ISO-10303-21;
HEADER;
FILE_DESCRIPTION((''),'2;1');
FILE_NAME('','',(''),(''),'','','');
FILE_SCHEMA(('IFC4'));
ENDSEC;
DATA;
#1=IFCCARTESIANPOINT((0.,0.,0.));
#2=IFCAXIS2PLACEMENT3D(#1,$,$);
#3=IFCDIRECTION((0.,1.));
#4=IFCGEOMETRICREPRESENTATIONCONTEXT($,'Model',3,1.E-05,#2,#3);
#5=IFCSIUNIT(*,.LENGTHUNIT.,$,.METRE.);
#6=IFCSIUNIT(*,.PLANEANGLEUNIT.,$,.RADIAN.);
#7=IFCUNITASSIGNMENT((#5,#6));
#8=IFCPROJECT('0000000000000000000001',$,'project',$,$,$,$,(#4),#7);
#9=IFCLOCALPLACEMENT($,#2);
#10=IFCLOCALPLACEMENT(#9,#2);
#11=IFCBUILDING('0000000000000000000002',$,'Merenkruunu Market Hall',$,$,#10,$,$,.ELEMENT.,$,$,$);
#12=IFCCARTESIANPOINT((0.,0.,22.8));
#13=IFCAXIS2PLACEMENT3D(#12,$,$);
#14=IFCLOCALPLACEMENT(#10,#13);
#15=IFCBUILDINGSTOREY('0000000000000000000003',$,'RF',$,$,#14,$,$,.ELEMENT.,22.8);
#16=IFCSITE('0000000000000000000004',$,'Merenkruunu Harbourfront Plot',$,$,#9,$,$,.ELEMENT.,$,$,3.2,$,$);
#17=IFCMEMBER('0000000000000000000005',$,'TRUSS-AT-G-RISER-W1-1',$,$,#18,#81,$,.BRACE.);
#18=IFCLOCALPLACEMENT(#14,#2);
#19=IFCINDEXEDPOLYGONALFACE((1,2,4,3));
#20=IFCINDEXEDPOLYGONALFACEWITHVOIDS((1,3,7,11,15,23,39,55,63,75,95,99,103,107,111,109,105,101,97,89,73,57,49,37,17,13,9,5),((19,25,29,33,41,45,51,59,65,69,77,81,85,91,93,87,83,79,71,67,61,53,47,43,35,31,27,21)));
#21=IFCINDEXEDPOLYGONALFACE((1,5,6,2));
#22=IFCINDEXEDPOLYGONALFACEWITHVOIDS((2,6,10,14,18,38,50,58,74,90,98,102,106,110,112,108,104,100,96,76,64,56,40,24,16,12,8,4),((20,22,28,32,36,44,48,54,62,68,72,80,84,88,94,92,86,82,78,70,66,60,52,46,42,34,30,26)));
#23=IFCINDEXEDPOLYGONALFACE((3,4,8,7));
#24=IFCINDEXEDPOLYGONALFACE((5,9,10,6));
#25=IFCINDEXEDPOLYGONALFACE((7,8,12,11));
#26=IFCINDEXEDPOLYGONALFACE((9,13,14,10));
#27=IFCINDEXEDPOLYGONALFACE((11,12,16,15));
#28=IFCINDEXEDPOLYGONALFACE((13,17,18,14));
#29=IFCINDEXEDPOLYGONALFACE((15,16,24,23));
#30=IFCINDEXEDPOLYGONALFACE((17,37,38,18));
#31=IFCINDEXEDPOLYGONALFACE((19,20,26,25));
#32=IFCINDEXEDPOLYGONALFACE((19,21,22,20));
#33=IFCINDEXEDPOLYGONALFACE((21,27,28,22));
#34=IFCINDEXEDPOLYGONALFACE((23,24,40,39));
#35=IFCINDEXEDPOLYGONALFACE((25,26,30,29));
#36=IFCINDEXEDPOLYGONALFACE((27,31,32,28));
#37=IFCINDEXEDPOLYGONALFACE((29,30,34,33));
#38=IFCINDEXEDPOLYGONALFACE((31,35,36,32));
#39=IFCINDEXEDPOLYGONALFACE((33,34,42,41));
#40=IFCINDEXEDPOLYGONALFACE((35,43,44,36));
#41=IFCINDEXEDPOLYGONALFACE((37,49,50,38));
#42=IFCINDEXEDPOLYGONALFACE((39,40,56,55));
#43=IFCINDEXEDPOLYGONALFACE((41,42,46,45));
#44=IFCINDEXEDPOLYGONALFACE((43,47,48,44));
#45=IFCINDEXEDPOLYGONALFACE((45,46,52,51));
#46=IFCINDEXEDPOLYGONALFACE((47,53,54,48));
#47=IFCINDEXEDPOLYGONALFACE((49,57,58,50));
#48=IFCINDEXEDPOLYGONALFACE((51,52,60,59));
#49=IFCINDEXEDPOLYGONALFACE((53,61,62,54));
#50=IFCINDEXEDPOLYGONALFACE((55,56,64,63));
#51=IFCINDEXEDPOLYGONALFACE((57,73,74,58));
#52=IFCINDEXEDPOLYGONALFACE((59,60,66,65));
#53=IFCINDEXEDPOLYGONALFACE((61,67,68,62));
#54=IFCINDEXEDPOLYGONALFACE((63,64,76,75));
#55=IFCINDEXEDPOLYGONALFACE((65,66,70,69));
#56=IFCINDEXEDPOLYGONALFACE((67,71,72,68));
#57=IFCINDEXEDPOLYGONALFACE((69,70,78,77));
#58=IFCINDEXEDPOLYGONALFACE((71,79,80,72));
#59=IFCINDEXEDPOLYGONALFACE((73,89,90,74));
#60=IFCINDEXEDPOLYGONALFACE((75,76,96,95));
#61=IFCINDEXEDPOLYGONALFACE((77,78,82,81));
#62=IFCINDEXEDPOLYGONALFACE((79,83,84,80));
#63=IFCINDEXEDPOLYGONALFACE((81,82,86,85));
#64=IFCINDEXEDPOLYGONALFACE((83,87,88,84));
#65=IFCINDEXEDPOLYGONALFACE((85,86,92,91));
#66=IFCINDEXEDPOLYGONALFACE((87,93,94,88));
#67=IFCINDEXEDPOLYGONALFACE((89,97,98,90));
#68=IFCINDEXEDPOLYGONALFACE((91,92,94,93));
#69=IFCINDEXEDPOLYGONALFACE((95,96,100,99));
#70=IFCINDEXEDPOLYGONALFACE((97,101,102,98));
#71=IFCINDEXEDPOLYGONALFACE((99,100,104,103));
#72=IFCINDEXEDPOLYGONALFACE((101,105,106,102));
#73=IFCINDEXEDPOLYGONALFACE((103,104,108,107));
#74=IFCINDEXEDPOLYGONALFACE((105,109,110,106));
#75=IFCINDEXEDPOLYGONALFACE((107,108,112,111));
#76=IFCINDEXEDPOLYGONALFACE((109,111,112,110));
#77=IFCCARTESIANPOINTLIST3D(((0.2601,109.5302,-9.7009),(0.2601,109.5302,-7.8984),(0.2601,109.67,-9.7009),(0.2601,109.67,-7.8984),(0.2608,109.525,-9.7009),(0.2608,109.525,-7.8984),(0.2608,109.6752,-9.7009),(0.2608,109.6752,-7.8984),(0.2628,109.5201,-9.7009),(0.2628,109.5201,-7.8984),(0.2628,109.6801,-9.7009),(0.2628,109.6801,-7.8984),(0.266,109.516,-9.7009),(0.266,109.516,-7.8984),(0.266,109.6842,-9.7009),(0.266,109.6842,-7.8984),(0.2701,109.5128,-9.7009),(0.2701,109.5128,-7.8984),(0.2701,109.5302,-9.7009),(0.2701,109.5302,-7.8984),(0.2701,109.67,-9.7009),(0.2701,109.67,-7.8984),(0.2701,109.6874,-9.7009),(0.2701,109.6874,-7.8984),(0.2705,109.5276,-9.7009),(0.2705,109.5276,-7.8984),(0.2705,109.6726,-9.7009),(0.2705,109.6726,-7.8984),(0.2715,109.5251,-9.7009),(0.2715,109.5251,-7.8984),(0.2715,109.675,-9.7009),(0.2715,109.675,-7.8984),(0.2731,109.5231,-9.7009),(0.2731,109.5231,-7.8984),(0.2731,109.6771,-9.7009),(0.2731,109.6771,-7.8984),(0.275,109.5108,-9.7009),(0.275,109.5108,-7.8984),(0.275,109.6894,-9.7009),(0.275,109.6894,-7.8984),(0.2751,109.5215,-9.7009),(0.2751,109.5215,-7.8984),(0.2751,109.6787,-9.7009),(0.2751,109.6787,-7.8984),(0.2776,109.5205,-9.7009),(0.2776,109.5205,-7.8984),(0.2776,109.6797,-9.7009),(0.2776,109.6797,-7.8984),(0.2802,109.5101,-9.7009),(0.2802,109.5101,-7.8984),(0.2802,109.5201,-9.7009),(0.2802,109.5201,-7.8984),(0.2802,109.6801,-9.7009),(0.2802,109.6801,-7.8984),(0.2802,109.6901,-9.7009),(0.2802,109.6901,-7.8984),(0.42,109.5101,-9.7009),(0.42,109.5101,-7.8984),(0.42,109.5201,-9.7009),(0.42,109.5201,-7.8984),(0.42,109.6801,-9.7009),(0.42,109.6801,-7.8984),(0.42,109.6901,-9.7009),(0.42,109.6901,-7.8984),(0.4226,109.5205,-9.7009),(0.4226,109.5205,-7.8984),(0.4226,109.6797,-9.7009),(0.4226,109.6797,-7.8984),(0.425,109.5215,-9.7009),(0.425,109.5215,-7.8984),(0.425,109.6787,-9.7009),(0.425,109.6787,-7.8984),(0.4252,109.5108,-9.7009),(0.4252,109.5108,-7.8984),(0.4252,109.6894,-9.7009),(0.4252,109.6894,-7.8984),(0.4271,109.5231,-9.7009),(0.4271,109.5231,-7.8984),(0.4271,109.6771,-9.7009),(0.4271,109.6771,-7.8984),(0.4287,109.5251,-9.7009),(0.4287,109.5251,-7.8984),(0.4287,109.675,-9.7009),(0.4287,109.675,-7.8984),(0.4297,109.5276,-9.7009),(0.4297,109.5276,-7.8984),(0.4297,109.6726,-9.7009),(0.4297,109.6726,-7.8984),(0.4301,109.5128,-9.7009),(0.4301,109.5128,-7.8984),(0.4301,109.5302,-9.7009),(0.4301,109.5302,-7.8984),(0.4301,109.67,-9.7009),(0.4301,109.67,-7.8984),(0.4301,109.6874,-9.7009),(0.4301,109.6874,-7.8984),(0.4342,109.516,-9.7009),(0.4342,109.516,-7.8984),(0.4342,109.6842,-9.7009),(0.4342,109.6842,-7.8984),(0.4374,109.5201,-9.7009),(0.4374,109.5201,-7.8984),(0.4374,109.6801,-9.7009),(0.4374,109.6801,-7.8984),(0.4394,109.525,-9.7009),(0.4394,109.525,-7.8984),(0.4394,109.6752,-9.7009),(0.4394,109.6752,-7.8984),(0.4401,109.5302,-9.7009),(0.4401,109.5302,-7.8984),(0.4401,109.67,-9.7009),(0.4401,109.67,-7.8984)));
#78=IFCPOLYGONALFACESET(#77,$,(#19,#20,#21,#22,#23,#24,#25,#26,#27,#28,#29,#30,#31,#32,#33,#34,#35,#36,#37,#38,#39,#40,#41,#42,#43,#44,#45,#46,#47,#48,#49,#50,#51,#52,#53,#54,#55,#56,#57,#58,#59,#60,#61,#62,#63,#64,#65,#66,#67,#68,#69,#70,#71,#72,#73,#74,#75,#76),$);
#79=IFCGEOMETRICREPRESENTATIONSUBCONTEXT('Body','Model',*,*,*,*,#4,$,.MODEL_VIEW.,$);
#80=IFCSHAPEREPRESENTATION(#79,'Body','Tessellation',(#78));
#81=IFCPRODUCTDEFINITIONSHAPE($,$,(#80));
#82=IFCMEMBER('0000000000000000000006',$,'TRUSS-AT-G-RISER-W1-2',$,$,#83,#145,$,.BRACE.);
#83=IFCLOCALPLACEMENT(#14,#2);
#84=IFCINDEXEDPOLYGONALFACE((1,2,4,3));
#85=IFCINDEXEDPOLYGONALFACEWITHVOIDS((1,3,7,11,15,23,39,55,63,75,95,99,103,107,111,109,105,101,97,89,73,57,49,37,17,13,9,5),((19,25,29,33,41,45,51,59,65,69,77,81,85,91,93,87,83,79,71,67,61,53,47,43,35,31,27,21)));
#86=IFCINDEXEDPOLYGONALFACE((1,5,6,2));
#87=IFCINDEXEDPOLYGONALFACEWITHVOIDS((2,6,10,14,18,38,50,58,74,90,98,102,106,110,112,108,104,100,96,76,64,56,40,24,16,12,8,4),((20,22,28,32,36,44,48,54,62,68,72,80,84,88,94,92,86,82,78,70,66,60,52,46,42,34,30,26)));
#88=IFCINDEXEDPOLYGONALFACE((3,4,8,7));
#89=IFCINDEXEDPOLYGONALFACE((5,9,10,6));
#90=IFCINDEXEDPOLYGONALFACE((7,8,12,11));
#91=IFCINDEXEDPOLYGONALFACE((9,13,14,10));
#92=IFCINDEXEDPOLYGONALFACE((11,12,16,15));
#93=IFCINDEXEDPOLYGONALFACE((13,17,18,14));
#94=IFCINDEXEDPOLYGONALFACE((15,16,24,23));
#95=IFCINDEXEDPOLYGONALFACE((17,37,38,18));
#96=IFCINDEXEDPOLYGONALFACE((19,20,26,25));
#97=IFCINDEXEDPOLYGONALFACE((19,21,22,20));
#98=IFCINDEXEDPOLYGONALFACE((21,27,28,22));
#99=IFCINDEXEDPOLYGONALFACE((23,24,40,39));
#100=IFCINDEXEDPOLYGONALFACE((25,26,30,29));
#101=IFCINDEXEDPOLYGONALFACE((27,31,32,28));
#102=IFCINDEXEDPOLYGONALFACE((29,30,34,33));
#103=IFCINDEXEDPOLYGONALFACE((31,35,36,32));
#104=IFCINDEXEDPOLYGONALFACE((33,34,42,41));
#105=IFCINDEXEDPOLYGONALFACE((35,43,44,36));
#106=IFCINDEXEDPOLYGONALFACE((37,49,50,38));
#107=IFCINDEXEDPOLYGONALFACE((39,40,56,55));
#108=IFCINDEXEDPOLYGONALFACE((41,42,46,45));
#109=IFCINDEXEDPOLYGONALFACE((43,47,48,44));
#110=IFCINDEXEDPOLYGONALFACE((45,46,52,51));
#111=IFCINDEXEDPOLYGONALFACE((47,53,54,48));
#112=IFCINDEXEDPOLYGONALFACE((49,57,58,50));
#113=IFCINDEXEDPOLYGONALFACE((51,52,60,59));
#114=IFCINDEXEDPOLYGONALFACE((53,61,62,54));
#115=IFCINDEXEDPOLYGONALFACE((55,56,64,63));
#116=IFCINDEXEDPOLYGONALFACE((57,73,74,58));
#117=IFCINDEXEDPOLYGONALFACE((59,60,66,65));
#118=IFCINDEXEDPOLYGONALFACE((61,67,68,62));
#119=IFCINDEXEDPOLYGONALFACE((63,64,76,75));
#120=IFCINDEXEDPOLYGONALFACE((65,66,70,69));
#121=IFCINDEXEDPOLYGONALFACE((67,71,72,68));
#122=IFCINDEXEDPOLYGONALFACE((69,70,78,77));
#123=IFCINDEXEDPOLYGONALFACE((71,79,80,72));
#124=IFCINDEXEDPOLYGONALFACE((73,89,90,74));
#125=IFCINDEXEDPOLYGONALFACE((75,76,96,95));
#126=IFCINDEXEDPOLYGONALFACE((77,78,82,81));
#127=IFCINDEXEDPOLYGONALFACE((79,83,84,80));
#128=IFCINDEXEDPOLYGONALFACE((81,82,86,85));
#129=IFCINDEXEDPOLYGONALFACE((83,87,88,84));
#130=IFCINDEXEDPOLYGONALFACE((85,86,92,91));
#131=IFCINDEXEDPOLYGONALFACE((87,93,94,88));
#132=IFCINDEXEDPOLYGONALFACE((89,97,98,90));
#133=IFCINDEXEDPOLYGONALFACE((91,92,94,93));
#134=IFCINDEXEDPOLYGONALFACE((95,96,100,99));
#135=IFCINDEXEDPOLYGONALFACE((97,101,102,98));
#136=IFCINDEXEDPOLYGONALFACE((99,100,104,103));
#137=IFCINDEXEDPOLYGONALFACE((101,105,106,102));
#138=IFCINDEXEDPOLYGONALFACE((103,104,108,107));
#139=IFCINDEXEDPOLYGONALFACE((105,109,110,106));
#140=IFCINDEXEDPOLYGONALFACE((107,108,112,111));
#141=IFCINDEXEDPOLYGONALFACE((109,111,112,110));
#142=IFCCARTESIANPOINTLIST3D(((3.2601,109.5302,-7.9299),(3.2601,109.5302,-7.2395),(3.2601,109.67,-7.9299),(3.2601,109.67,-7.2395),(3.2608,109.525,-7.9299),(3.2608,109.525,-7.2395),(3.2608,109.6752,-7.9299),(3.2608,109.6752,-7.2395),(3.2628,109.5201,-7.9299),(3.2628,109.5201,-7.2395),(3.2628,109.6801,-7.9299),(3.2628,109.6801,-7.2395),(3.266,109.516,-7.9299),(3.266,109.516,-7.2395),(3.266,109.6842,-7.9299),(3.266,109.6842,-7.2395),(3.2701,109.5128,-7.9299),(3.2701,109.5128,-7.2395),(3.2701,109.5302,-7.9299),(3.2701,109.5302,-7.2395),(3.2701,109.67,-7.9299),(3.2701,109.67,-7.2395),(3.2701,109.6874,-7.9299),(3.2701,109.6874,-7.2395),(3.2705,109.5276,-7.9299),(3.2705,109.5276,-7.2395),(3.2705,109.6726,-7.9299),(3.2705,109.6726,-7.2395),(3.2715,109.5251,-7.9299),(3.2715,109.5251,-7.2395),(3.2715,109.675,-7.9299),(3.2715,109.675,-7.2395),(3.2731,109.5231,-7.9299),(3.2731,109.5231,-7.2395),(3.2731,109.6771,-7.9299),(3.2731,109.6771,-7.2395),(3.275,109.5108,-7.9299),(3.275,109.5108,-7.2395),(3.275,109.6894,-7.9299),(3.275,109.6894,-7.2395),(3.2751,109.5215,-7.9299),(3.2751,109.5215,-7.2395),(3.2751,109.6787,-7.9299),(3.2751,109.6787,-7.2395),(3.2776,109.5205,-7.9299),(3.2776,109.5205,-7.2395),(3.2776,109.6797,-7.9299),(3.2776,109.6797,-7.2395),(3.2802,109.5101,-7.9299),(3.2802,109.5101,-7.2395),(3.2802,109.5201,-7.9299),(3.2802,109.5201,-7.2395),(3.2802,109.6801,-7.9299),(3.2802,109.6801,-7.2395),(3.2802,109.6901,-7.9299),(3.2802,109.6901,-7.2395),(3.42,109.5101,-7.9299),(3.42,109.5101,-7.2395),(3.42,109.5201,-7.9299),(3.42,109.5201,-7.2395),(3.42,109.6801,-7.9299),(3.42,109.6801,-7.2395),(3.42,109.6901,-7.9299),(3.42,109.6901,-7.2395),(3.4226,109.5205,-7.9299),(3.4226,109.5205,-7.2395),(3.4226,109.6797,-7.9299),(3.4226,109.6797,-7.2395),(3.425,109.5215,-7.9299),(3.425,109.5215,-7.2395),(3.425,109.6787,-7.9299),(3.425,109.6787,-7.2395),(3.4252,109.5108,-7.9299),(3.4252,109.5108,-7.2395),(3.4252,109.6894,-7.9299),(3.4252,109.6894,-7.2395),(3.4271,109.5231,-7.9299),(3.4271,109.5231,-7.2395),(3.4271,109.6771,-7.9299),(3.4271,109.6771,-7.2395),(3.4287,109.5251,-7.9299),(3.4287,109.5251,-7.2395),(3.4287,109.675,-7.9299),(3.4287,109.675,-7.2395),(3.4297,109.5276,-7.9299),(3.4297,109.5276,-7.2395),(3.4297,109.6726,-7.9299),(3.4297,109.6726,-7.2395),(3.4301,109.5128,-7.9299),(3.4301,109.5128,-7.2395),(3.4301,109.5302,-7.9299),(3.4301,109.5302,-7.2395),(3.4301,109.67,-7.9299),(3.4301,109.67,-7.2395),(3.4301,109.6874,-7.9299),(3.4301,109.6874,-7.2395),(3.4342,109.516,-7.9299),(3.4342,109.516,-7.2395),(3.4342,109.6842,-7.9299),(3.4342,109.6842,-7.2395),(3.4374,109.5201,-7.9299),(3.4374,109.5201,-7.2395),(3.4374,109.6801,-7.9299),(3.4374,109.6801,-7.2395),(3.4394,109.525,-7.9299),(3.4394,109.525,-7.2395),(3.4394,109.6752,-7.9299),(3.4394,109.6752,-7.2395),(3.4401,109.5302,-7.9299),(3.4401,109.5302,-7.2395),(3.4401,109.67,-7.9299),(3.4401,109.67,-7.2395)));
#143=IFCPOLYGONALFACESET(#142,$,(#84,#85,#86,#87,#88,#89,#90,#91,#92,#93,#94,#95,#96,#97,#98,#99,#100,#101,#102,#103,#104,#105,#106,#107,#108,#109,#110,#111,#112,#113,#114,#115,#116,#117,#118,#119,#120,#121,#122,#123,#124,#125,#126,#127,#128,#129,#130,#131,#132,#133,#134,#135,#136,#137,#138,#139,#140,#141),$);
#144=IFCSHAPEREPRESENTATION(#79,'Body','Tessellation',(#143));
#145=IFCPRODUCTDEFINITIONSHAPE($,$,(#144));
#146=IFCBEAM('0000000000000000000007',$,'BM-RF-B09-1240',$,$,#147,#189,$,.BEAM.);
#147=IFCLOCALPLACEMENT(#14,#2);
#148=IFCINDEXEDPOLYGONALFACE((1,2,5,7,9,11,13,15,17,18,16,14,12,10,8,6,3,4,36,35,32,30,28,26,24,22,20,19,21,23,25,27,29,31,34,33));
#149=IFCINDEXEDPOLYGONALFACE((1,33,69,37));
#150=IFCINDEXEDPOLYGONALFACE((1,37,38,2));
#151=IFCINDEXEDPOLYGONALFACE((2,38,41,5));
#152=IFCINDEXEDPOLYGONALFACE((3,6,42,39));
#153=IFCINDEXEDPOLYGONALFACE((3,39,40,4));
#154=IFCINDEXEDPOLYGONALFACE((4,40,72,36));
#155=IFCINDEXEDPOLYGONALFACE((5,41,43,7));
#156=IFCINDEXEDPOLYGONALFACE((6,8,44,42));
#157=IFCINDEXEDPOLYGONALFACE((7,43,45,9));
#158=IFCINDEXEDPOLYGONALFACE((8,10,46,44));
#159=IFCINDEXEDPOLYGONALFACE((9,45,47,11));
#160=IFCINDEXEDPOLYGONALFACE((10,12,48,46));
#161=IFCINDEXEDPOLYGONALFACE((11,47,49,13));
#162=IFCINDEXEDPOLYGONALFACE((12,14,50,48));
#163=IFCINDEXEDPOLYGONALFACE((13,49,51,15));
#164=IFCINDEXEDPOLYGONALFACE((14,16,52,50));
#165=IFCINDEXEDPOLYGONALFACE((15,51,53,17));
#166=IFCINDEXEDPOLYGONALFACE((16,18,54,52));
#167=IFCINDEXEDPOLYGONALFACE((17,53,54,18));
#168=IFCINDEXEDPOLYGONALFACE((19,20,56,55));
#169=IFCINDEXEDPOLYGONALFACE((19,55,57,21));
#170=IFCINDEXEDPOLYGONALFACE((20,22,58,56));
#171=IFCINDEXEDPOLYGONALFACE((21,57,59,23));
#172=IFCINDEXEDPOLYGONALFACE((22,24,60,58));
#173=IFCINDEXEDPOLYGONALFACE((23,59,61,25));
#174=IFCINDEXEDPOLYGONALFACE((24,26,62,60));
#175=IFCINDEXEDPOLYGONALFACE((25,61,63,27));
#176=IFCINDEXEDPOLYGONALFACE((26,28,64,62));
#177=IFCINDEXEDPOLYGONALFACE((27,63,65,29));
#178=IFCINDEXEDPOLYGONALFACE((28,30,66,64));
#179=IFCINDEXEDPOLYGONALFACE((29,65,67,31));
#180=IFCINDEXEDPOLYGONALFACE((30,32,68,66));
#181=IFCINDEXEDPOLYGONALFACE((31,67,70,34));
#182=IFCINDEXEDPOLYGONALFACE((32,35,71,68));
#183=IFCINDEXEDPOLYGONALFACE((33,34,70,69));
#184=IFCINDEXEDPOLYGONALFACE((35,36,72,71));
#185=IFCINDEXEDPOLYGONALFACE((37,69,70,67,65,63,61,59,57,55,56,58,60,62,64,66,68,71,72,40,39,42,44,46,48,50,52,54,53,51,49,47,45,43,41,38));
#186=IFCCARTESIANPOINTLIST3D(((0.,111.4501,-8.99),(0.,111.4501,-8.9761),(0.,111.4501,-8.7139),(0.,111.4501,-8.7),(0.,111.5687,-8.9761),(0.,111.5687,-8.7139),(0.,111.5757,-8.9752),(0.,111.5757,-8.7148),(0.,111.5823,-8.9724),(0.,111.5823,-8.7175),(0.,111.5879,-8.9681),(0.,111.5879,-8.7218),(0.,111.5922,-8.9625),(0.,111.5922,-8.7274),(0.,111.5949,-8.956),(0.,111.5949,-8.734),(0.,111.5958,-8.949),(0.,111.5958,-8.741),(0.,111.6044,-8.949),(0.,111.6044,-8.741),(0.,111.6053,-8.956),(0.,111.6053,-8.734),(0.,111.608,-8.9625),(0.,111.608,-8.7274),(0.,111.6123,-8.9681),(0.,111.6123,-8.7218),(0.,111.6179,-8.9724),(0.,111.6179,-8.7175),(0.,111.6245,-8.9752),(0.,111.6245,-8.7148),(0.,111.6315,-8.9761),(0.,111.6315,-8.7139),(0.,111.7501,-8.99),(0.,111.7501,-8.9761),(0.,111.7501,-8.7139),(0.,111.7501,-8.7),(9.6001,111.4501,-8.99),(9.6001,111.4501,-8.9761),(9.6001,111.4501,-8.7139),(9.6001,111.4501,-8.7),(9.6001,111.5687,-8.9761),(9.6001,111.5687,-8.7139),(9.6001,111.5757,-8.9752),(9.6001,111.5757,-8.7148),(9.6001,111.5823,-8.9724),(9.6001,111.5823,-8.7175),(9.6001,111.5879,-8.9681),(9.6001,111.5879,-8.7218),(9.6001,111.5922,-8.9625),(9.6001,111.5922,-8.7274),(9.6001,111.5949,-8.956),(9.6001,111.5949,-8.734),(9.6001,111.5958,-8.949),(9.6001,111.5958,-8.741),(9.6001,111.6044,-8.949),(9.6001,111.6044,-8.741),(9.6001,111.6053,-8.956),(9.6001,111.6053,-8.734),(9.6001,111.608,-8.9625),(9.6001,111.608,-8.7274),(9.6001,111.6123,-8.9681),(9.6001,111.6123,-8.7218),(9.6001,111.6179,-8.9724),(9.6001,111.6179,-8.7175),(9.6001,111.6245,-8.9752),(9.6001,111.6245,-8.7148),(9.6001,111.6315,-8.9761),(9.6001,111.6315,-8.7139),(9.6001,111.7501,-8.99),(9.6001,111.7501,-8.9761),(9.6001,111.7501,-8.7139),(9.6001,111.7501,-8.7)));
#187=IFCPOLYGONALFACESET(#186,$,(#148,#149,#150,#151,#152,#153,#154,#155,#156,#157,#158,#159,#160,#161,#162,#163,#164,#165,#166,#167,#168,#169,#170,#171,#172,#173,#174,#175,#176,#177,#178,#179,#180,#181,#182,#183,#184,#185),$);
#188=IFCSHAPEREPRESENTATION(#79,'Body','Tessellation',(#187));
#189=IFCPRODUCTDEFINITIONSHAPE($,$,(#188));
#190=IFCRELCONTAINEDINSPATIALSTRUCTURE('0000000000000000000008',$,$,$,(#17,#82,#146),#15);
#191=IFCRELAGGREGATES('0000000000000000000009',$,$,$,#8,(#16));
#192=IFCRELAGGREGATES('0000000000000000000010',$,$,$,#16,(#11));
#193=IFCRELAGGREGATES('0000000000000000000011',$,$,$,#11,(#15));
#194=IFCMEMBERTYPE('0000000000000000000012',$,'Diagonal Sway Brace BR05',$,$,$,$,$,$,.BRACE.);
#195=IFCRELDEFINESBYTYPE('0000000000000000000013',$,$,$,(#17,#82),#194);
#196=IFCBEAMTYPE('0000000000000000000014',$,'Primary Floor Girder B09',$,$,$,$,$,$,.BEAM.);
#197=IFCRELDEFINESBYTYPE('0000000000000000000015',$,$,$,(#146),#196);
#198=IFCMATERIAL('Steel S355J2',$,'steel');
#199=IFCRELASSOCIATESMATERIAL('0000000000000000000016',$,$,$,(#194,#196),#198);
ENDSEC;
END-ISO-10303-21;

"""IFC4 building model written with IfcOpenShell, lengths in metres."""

from ifc_helpers import new_model, si_unit, direction, frame, origin, origin_2d, place, context, subcontext, project, spatial, hollow_rectangle, i_section, extrude, material, material_profile, profile_set, type_object, element, save


model = new_model("IFC4")

# Units and contexts
model_context = context("Model", 3, precision=1e-05, world=origin(), true_north=direction((0.0, 1.0)))
body_context = subcontext(model_context, "Body", "Model", "MODEL_VIEW")
ifc_project = project(units=[si_unit("LENGTHUNIT", "METRE"), si_unit("PLANEANGLEUNIT", "RADIAN")], contexts=[model_context])

# Site, building, storey
site_placement = place(None, origin())
site = spatial("IfcSite", under=ifc_project, at=site_placement, Name="Merenkruunu Harbourfront Plot", CompositionType="ELEMENT", RefElevation=3.2)
building_placement = place(site_placement, origin())
building = spatial("IfcBuilding", under=site, at=building_placement, Name="Merenkruunu Market Hall", CompositionType="ELEMENT")
storey_placement = place(building_placement, frame((0.0, 0.0, 22.8)))
storey = spatial("IfcBuildingStorey", under=building, at=storey_placement, Name="RF", CompositionType="ELEMENT", Elevation=22.8)

# Members
ifc_material_1 = material(Name="Steel S355J2", Category="steel")
ifc_material_profile_1 = material_profile(ifc_material_1, hollow_rectangle(XDim=0.1799, YDim=0.1799, WallThickness=0.01, InnerFilletRadius=0.01, OuterFilletRadius=0.02, at=origin_2d()), Name="SHS 180x180x10")
ifc_profile_set_1 = profile_set([ifc_material_profile_1], Name="Steel S355J2")
member_type_1 = type_object("IfcMemberType", Name="Diagonal Sway Brace BR05", PredefinedType="BRACE", material=ifc_profile_set_1)
member_1_placement = place(storey_placement, frame((0.3501, 109.6001, -9.7009), z_axis=(0.0, 0.0, 1.0), x_axis=(1.0, 0.0, 0.0)))
element("IfcMember", 1, at=member_1_placement, inside=storey, type_object=member_type_1, Name="TRUSS-AT-G-RISER-W1-1", PredefinedType="BRACE", context=body_context, shape_type="SweptSolid", body=[
    extrude(hollow_rectangle(XDim=0.1799, YDim=0.1799, WallThickness=0.01, InnerFilletRadius=0.01, OuterFilletRadius=0.02, at=origin_2d()), origin(), (0.0, 0.0, 1.0), 1.8025),
])
member_2_placement = place(storey_placement, frame((3.3501, 109.6001, -7.9299), z_axis=(0.0, 0.0, 1.0), x_axis=(1.0, 0.0, 0.0)))
element("IfcMember", 2, at=member_2_placement, inside=storey, type_object=member_type_1, Name="TRUSS-AT-G-RISER-W1-2", PredefinedType="BRACE", context=body_context, shape_type="SweptSolid", body=[
    extrude(hollow_rectangle(XDim=0.1799, YDim=0.1799, WallThickness=0.01, InnerFilletRadius=0.01, OuterFilletRadius=0.02, at=origin_2d()), origin(), (0.0, 0.0, 1.0), 0.6904),
])

# Beam
ifc_material_profile_2 = material_profile(ifc_material_1, i_section(OverallWidth=0.3, OverallDepth=0.29, WebThickness=0.0085, FlangeThickness=0.0139, FilletRadius=0.0271, at=origin_2d()), Name="HEA 300")
ifc_profile_set_2 = profile_set([ifc_material_profile_2], Name="Steel S355J2")
beam_type = type_object("IfcBeamType", Name="Primary Floor Girder B09", PredefinedType="BEAM", material=ifc_profile_set_2)
beam_placement = place(storey_placement, frame((0.0, 111.6001, -8.845), z_axis=(1.0, 0.0, 0.0), x_axis=(0.0, 1.0, 0.0)))
element("IfcBeam", 3, at=beam_placement, inside=storey, type_object=beam_type, Name="BM-RF-B09-1240", PredefinedType="BEAM", context=body_context, shape_type="SweptSolid", body=[
    extrude(i_section(OverallWidth=0.3, OverallDepth=0.29, WebThickness=0.0085, FlangeThickness=0.0139, FilletRadius=0.0271, at=origin_2d()), origin(), (0.0, 0.0, 1.0), 9.6001),
])

save(model, "model.ifc")
